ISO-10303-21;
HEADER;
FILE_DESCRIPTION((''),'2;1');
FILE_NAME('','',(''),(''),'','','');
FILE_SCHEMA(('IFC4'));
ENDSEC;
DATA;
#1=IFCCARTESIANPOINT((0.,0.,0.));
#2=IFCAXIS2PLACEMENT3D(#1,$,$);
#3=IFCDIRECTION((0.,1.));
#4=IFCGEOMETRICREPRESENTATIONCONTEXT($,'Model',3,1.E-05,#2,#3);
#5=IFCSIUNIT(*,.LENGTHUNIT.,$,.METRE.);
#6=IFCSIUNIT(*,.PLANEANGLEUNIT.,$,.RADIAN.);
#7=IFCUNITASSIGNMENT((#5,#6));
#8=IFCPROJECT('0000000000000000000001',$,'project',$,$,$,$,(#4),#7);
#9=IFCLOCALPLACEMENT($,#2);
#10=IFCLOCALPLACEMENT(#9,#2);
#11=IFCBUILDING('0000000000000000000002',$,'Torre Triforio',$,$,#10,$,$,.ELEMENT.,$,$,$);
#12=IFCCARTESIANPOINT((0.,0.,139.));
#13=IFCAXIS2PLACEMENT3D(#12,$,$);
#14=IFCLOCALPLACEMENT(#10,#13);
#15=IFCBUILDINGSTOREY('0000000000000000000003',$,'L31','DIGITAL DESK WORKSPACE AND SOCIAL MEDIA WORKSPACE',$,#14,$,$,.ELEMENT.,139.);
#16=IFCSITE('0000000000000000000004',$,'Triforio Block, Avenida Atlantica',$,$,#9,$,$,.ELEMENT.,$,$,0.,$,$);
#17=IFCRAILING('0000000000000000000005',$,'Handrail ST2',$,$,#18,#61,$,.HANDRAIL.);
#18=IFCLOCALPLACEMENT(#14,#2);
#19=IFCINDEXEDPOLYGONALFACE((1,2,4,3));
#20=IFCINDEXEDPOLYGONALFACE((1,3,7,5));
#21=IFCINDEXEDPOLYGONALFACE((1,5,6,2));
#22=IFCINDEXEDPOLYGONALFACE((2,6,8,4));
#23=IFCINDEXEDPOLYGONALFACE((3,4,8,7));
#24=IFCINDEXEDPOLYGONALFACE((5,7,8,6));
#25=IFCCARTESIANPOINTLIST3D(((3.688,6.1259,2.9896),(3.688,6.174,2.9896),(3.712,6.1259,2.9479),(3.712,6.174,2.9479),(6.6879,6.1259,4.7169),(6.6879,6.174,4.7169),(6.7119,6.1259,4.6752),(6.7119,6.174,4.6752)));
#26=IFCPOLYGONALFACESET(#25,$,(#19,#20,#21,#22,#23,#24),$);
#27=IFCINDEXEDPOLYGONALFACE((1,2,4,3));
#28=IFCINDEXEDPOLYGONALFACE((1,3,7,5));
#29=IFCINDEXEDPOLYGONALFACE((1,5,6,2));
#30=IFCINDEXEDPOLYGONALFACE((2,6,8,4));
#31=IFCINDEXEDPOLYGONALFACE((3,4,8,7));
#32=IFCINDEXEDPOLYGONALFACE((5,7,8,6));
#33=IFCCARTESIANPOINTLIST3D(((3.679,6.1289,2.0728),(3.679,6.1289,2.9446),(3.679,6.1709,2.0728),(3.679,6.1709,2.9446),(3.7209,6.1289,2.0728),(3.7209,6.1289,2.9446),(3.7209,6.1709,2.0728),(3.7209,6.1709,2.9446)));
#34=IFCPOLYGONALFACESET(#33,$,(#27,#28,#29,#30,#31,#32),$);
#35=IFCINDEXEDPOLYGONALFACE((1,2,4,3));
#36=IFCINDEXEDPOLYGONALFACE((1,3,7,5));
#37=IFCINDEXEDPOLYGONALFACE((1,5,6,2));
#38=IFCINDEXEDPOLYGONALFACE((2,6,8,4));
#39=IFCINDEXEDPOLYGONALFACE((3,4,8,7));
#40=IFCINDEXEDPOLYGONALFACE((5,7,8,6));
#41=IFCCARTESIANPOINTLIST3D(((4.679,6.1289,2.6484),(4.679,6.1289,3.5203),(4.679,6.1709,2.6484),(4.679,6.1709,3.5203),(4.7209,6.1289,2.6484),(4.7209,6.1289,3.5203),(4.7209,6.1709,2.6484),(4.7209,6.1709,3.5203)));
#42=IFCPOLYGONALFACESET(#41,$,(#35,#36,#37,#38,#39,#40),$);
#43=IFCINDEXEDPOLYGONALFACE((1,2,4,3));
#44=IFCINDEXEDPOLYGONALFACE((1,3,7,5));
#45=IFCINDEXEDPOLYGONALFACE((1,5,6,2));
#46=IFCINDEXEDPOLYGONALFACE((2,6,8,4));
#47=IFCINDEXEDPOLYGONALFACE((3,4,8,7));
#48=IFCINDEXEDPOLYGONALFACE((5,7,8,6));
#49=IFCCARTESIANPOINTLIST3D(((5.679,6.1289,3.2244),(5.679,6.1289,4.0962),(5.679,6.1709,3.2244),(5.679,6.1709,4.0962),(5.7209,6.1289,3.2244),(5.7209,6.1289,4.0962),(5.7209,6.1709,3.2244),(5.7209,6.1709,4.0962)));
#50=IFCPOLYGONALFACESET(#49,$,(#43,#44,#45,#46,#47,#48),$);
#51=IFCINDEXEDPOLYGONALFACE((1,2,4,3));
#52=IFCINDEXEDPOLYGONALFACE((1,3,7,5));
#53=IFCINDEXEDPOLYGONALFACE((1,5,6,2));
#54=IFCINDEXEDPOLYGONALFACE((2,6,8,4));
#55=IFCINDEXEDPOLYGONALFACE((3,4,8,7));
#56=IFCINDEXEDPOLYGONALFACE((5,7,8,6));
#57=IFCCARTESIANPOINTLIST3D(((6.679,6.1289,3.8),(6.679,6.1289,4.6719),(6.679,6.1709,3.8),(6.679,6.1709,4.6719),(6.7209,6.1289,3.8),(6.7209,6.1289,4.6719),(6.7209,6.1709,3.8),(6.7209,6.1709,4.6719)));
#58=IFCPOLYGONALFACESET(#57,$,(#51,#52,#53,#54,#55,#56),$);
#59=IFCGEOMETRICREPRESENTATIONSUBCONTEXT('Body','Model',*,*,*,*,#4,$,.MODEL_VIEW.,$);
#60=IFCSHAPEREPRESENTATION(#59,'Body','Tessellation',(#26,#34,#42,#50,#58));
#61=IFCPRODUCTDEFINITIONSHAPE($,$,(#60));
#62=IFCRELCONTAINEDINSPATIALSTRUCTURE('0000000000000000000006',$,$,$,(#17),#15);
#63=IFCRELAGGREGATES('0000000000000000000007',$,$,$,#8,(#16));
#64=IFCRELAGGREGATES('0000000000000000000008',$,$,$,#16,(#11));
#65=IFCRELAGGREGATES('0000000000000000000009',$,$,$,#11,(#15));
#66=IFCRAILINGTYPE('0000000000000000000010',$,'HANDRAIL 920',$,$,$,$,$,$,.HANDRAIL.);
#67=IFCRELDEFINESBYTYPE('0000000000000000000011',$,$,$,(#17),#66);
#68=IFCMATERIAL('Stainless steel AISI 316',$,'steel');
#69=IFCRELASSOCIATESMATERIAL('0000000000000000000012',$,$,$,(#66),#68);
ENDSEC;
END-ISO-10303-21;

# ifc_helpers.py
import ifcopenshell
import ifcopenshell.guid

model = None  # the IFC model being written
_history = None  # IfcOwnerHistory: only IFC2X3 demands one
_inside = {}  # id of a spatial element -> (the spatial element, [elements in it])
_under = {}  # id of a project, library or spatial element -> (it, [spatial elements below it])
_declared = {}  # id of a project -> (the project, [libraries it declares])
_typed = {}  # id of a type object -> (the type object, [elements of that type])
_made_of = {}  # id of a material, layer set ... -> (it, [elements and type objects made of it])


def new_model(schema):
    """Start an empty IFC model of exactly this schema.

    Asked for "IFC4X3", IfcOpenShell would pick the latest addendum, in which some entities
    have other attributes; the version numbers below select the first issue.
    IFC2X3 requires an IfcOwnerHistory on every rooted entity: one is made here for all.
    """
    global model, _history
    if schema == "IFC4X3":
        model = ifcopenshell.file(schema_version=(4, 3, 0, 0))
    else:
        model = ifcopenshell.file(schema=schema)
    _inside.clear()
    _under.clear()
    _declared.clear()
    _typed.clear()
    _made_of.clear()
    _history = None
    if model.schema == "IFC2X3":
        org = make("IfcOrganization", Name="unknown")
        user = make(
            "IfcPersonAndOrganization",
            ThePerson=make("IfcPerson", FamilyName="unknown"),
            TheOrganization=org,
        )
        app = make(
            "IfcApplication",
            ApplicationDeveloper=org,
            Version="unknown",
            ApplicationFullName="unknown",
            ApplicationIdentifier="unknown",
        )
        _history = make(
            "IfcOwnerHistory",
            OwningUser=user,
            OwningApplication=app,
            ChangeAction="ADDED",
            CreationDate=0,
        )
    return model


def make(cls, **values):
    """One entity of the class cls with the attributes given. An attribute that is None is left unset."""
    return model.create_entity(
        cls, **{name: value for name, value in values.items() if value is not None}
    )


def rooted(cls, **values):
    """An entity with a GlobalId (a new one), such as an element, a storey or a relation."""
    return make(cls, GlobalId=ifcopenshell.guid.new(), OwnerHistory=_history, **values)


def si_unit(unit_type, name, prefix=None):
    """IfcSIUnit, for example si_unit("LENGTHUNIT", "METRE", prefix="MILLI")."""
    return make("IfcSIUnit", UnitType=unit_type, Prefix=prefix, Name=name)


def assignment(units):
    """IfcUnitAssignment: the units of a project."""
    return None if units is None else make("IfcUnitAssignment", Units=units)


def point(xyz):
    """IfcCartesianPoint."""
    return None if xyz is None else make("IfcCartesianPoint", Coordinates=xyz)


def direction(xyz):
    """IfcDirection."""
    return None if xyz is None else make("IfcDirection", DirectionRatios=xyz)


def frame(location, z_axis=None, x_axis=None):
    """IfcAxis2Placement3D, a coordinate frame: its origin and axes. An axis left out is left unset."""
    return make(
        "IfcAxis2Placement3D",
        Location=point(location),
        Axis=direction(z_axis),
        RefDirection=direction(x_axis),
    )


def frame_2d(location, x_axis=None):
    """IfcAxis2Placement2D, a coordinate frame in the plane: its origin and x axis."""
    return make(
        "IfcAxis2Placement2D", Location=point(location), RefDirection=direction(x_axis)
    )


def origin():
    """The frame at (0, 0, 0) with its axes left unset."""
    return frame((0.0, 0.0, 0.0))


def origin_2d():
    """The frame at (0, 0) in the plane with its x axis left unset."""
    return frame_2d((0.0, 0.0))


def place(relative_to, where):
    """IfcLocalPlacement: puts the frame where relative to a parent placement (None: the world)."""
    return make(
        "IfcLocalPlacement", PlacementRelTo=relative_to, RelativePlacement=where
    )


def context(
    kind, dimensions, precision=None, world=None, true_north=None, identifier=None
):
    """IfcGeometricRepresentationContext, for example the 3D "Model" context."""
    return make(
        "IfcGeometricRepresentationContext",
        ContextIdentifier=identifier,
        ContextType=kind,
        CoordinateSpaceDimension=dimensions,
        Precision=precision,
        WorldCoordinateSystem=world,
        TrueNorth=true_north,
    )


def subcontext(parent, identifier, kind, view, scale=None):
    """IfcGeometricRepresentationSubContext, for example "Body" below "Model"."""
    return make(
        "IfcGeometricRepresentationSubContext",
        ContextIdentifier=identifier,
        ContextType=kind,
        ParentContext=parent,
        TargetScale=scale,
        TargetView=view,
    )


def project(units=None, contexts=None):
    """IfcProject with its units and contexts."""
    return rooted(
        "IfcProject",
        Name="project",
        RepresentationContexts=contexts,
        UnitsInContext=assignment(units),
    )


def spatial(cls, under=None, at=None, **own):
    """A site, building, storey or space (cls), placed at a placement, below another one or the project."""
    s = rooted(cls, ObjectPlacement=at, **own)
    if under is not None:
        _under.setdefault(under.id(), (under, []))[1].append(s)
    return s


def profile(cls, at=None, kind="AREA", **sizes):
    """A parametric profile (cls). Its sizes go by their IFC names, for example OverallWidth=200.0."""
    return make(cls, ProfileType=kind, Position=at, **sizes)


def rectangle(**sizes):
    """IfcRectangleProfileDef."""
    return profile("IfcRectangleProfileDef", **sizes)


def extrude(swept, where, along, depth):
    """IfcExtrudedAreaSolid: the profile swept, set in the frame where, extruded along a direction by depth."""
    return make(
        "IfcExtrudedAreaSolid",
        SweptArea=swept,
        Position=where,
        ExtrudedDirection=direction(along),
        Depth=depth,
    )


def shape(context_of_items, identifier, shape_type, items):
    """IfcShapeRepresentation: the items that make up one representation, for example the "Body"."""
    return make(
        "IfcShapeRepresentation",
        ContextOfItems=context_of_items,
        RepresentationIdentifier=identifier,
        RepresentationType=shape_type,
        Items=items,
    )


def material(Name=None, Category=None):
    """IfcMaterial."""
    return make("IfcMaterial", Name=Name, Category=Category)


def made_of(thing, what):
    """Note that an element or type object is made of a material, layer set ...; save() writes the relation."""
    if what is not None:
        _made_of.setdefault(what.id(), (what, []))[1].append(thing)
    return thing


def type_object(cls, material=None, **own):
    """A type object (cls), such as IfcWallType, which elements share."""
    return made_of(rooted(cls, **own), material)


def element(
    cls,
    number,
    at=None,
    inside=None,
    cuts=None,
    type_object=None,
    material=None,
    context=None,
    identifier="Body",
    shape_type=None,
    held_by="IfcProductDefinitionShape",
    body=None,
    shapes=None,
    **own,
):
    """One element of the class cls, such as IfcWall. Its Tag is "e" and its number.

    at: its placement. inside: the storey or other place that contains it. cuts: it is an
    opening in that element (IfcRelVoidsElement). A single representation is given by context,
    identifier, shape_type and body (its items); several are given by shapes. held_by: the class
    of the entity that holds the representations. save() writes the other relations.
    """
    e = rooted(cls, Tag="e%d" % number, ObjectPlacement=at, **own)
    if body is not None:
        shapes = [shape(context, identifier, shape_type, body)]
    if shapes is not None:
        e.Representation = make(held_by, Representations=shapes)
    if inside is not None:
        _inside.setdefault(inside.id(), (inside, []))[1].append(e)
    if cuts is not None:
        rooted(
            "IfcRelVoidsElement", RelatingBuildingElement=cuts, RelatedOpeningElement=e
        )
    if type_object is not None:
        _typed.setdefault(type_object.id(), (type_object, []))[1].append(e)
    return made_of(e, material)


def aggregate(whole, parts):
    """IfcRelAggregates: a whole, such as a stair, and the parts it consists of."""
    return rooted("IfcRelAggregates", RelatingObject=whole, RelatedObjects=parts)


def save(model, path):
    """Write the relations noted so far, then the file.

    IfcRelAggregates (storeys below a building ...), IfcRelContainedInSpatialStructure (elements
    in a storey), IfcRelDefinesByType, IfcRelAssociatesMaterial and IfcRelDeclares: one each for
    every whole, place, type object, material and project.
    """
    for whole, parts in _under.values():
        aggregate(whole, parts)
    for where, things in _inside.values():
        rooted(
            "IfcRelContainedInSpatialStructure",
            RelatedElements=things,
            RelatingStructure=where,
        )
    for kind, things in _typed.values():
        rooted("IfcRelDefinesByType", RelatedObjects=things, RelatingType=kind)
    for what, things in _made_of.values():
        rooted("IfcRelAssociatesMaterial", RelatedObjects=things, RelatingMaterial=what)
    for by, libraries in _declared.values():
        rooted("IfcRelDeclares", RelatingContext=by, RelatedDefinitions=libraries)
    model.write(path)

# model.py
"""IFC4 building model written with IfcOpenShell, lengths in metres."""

from ifc_helpers import new_model, si_unit, direction, frame, origin, origin_2d, place, context, subcontext, project, spatial, rectangle, extrude, material, type_object, element, save


model = new_model("IFC4")

# Units and contexts
model_context = context("Model", 3, precision=1e-05, world=origin(), true_north=direction((0.0, 1.0)))
body_context = subcontext(model_context, "Body", "Model", "MODEL_VIEW")
ifc_project = project(units=[si_unit("LENGTHUNIT", "METRE"), si_unit("PLANEANGLEUNIT", "RADIAN")], contexts=[model_context])

# Site, building, storey
site_placement = place(None, origin())
site = spatial("IfcSite", under=ifc_project, at=site_placement, Name="Triforio Block, Avenida Atlantica", CompositionType="ELEMENT", RefElevation=0.0)
building_placement = place(site_placement, origin())
building = spatial("IfcBuilding", under=site, at=building_placement, Name="Torre Triforio", CompositionType="ELEMENT")
storey_placement = place(building_placement, frame((0.0, 0.0, 139.0)))
storey = spatial("IfcBuildingStorey", under=building, at=storey_placement, Name="L31", Description="DIGITAL DESK WORKSPACE AND SOCIAL MEDIA WORKSPACE", CompositionType="ELEMENT", Elevation=139.0)

# Railing
ifc_material_1 = material(Name="Stainless steel AISI 316", Category="steel")
railing_type = type_object("IfcRailingType", Name="HANDRAIL 920", PredefinedType="HANDRAIL", material=ifc_material_1)
for number, where, name in (
    (1, (3.7, 6.1499, 2.0728), "Handrail ST2"),
):
    element("IfcRailing", number, at=place(storey_placement, frame(where)), inside=storey, type_object=railing_type, Name=name, PredefinedType="HANDRAIL", context=body_context, shape_type="SweptSolid", body=[
        extrude(rectangle(XDim=0.0481, YDim=0.0481, at=origin_2d()), frame((0.0, 0.0, 0.896), z_axis=(0.86662, 0.0, 0.498969), x_axis=(0.0, 1.0, 0.0)), (0.0, 0.0, 1.0), 3.4617),
        extrude(rectangle(XDim=0.042, YDim=0.042, at=origin_2d()), origin(), (0.0, 0.0, 1.0), 0.8718),
        extrude(rectangle(XDim=0.042, YDim=0.042, at=origin_2d()), frame((1.0, 0.0, 0.5757)), (0.0, 0.0, 1.0), 0.8718),
        extrude(rectangle(XDim=0.042, YDim=0.042, at=origin_2d()), frame((2.0, 0.0, 1.1516)), (0.0, 0.0, 1.0), 0.8718),
        extrude(rectangle(XDim=0.042, YDim=0.042, at=origin_2d()), frame((3.0, 0.0, 1.7273)), (0.0, 0.0, 1.0), 0.8718),
    ])

save(model, "model.ifc")
